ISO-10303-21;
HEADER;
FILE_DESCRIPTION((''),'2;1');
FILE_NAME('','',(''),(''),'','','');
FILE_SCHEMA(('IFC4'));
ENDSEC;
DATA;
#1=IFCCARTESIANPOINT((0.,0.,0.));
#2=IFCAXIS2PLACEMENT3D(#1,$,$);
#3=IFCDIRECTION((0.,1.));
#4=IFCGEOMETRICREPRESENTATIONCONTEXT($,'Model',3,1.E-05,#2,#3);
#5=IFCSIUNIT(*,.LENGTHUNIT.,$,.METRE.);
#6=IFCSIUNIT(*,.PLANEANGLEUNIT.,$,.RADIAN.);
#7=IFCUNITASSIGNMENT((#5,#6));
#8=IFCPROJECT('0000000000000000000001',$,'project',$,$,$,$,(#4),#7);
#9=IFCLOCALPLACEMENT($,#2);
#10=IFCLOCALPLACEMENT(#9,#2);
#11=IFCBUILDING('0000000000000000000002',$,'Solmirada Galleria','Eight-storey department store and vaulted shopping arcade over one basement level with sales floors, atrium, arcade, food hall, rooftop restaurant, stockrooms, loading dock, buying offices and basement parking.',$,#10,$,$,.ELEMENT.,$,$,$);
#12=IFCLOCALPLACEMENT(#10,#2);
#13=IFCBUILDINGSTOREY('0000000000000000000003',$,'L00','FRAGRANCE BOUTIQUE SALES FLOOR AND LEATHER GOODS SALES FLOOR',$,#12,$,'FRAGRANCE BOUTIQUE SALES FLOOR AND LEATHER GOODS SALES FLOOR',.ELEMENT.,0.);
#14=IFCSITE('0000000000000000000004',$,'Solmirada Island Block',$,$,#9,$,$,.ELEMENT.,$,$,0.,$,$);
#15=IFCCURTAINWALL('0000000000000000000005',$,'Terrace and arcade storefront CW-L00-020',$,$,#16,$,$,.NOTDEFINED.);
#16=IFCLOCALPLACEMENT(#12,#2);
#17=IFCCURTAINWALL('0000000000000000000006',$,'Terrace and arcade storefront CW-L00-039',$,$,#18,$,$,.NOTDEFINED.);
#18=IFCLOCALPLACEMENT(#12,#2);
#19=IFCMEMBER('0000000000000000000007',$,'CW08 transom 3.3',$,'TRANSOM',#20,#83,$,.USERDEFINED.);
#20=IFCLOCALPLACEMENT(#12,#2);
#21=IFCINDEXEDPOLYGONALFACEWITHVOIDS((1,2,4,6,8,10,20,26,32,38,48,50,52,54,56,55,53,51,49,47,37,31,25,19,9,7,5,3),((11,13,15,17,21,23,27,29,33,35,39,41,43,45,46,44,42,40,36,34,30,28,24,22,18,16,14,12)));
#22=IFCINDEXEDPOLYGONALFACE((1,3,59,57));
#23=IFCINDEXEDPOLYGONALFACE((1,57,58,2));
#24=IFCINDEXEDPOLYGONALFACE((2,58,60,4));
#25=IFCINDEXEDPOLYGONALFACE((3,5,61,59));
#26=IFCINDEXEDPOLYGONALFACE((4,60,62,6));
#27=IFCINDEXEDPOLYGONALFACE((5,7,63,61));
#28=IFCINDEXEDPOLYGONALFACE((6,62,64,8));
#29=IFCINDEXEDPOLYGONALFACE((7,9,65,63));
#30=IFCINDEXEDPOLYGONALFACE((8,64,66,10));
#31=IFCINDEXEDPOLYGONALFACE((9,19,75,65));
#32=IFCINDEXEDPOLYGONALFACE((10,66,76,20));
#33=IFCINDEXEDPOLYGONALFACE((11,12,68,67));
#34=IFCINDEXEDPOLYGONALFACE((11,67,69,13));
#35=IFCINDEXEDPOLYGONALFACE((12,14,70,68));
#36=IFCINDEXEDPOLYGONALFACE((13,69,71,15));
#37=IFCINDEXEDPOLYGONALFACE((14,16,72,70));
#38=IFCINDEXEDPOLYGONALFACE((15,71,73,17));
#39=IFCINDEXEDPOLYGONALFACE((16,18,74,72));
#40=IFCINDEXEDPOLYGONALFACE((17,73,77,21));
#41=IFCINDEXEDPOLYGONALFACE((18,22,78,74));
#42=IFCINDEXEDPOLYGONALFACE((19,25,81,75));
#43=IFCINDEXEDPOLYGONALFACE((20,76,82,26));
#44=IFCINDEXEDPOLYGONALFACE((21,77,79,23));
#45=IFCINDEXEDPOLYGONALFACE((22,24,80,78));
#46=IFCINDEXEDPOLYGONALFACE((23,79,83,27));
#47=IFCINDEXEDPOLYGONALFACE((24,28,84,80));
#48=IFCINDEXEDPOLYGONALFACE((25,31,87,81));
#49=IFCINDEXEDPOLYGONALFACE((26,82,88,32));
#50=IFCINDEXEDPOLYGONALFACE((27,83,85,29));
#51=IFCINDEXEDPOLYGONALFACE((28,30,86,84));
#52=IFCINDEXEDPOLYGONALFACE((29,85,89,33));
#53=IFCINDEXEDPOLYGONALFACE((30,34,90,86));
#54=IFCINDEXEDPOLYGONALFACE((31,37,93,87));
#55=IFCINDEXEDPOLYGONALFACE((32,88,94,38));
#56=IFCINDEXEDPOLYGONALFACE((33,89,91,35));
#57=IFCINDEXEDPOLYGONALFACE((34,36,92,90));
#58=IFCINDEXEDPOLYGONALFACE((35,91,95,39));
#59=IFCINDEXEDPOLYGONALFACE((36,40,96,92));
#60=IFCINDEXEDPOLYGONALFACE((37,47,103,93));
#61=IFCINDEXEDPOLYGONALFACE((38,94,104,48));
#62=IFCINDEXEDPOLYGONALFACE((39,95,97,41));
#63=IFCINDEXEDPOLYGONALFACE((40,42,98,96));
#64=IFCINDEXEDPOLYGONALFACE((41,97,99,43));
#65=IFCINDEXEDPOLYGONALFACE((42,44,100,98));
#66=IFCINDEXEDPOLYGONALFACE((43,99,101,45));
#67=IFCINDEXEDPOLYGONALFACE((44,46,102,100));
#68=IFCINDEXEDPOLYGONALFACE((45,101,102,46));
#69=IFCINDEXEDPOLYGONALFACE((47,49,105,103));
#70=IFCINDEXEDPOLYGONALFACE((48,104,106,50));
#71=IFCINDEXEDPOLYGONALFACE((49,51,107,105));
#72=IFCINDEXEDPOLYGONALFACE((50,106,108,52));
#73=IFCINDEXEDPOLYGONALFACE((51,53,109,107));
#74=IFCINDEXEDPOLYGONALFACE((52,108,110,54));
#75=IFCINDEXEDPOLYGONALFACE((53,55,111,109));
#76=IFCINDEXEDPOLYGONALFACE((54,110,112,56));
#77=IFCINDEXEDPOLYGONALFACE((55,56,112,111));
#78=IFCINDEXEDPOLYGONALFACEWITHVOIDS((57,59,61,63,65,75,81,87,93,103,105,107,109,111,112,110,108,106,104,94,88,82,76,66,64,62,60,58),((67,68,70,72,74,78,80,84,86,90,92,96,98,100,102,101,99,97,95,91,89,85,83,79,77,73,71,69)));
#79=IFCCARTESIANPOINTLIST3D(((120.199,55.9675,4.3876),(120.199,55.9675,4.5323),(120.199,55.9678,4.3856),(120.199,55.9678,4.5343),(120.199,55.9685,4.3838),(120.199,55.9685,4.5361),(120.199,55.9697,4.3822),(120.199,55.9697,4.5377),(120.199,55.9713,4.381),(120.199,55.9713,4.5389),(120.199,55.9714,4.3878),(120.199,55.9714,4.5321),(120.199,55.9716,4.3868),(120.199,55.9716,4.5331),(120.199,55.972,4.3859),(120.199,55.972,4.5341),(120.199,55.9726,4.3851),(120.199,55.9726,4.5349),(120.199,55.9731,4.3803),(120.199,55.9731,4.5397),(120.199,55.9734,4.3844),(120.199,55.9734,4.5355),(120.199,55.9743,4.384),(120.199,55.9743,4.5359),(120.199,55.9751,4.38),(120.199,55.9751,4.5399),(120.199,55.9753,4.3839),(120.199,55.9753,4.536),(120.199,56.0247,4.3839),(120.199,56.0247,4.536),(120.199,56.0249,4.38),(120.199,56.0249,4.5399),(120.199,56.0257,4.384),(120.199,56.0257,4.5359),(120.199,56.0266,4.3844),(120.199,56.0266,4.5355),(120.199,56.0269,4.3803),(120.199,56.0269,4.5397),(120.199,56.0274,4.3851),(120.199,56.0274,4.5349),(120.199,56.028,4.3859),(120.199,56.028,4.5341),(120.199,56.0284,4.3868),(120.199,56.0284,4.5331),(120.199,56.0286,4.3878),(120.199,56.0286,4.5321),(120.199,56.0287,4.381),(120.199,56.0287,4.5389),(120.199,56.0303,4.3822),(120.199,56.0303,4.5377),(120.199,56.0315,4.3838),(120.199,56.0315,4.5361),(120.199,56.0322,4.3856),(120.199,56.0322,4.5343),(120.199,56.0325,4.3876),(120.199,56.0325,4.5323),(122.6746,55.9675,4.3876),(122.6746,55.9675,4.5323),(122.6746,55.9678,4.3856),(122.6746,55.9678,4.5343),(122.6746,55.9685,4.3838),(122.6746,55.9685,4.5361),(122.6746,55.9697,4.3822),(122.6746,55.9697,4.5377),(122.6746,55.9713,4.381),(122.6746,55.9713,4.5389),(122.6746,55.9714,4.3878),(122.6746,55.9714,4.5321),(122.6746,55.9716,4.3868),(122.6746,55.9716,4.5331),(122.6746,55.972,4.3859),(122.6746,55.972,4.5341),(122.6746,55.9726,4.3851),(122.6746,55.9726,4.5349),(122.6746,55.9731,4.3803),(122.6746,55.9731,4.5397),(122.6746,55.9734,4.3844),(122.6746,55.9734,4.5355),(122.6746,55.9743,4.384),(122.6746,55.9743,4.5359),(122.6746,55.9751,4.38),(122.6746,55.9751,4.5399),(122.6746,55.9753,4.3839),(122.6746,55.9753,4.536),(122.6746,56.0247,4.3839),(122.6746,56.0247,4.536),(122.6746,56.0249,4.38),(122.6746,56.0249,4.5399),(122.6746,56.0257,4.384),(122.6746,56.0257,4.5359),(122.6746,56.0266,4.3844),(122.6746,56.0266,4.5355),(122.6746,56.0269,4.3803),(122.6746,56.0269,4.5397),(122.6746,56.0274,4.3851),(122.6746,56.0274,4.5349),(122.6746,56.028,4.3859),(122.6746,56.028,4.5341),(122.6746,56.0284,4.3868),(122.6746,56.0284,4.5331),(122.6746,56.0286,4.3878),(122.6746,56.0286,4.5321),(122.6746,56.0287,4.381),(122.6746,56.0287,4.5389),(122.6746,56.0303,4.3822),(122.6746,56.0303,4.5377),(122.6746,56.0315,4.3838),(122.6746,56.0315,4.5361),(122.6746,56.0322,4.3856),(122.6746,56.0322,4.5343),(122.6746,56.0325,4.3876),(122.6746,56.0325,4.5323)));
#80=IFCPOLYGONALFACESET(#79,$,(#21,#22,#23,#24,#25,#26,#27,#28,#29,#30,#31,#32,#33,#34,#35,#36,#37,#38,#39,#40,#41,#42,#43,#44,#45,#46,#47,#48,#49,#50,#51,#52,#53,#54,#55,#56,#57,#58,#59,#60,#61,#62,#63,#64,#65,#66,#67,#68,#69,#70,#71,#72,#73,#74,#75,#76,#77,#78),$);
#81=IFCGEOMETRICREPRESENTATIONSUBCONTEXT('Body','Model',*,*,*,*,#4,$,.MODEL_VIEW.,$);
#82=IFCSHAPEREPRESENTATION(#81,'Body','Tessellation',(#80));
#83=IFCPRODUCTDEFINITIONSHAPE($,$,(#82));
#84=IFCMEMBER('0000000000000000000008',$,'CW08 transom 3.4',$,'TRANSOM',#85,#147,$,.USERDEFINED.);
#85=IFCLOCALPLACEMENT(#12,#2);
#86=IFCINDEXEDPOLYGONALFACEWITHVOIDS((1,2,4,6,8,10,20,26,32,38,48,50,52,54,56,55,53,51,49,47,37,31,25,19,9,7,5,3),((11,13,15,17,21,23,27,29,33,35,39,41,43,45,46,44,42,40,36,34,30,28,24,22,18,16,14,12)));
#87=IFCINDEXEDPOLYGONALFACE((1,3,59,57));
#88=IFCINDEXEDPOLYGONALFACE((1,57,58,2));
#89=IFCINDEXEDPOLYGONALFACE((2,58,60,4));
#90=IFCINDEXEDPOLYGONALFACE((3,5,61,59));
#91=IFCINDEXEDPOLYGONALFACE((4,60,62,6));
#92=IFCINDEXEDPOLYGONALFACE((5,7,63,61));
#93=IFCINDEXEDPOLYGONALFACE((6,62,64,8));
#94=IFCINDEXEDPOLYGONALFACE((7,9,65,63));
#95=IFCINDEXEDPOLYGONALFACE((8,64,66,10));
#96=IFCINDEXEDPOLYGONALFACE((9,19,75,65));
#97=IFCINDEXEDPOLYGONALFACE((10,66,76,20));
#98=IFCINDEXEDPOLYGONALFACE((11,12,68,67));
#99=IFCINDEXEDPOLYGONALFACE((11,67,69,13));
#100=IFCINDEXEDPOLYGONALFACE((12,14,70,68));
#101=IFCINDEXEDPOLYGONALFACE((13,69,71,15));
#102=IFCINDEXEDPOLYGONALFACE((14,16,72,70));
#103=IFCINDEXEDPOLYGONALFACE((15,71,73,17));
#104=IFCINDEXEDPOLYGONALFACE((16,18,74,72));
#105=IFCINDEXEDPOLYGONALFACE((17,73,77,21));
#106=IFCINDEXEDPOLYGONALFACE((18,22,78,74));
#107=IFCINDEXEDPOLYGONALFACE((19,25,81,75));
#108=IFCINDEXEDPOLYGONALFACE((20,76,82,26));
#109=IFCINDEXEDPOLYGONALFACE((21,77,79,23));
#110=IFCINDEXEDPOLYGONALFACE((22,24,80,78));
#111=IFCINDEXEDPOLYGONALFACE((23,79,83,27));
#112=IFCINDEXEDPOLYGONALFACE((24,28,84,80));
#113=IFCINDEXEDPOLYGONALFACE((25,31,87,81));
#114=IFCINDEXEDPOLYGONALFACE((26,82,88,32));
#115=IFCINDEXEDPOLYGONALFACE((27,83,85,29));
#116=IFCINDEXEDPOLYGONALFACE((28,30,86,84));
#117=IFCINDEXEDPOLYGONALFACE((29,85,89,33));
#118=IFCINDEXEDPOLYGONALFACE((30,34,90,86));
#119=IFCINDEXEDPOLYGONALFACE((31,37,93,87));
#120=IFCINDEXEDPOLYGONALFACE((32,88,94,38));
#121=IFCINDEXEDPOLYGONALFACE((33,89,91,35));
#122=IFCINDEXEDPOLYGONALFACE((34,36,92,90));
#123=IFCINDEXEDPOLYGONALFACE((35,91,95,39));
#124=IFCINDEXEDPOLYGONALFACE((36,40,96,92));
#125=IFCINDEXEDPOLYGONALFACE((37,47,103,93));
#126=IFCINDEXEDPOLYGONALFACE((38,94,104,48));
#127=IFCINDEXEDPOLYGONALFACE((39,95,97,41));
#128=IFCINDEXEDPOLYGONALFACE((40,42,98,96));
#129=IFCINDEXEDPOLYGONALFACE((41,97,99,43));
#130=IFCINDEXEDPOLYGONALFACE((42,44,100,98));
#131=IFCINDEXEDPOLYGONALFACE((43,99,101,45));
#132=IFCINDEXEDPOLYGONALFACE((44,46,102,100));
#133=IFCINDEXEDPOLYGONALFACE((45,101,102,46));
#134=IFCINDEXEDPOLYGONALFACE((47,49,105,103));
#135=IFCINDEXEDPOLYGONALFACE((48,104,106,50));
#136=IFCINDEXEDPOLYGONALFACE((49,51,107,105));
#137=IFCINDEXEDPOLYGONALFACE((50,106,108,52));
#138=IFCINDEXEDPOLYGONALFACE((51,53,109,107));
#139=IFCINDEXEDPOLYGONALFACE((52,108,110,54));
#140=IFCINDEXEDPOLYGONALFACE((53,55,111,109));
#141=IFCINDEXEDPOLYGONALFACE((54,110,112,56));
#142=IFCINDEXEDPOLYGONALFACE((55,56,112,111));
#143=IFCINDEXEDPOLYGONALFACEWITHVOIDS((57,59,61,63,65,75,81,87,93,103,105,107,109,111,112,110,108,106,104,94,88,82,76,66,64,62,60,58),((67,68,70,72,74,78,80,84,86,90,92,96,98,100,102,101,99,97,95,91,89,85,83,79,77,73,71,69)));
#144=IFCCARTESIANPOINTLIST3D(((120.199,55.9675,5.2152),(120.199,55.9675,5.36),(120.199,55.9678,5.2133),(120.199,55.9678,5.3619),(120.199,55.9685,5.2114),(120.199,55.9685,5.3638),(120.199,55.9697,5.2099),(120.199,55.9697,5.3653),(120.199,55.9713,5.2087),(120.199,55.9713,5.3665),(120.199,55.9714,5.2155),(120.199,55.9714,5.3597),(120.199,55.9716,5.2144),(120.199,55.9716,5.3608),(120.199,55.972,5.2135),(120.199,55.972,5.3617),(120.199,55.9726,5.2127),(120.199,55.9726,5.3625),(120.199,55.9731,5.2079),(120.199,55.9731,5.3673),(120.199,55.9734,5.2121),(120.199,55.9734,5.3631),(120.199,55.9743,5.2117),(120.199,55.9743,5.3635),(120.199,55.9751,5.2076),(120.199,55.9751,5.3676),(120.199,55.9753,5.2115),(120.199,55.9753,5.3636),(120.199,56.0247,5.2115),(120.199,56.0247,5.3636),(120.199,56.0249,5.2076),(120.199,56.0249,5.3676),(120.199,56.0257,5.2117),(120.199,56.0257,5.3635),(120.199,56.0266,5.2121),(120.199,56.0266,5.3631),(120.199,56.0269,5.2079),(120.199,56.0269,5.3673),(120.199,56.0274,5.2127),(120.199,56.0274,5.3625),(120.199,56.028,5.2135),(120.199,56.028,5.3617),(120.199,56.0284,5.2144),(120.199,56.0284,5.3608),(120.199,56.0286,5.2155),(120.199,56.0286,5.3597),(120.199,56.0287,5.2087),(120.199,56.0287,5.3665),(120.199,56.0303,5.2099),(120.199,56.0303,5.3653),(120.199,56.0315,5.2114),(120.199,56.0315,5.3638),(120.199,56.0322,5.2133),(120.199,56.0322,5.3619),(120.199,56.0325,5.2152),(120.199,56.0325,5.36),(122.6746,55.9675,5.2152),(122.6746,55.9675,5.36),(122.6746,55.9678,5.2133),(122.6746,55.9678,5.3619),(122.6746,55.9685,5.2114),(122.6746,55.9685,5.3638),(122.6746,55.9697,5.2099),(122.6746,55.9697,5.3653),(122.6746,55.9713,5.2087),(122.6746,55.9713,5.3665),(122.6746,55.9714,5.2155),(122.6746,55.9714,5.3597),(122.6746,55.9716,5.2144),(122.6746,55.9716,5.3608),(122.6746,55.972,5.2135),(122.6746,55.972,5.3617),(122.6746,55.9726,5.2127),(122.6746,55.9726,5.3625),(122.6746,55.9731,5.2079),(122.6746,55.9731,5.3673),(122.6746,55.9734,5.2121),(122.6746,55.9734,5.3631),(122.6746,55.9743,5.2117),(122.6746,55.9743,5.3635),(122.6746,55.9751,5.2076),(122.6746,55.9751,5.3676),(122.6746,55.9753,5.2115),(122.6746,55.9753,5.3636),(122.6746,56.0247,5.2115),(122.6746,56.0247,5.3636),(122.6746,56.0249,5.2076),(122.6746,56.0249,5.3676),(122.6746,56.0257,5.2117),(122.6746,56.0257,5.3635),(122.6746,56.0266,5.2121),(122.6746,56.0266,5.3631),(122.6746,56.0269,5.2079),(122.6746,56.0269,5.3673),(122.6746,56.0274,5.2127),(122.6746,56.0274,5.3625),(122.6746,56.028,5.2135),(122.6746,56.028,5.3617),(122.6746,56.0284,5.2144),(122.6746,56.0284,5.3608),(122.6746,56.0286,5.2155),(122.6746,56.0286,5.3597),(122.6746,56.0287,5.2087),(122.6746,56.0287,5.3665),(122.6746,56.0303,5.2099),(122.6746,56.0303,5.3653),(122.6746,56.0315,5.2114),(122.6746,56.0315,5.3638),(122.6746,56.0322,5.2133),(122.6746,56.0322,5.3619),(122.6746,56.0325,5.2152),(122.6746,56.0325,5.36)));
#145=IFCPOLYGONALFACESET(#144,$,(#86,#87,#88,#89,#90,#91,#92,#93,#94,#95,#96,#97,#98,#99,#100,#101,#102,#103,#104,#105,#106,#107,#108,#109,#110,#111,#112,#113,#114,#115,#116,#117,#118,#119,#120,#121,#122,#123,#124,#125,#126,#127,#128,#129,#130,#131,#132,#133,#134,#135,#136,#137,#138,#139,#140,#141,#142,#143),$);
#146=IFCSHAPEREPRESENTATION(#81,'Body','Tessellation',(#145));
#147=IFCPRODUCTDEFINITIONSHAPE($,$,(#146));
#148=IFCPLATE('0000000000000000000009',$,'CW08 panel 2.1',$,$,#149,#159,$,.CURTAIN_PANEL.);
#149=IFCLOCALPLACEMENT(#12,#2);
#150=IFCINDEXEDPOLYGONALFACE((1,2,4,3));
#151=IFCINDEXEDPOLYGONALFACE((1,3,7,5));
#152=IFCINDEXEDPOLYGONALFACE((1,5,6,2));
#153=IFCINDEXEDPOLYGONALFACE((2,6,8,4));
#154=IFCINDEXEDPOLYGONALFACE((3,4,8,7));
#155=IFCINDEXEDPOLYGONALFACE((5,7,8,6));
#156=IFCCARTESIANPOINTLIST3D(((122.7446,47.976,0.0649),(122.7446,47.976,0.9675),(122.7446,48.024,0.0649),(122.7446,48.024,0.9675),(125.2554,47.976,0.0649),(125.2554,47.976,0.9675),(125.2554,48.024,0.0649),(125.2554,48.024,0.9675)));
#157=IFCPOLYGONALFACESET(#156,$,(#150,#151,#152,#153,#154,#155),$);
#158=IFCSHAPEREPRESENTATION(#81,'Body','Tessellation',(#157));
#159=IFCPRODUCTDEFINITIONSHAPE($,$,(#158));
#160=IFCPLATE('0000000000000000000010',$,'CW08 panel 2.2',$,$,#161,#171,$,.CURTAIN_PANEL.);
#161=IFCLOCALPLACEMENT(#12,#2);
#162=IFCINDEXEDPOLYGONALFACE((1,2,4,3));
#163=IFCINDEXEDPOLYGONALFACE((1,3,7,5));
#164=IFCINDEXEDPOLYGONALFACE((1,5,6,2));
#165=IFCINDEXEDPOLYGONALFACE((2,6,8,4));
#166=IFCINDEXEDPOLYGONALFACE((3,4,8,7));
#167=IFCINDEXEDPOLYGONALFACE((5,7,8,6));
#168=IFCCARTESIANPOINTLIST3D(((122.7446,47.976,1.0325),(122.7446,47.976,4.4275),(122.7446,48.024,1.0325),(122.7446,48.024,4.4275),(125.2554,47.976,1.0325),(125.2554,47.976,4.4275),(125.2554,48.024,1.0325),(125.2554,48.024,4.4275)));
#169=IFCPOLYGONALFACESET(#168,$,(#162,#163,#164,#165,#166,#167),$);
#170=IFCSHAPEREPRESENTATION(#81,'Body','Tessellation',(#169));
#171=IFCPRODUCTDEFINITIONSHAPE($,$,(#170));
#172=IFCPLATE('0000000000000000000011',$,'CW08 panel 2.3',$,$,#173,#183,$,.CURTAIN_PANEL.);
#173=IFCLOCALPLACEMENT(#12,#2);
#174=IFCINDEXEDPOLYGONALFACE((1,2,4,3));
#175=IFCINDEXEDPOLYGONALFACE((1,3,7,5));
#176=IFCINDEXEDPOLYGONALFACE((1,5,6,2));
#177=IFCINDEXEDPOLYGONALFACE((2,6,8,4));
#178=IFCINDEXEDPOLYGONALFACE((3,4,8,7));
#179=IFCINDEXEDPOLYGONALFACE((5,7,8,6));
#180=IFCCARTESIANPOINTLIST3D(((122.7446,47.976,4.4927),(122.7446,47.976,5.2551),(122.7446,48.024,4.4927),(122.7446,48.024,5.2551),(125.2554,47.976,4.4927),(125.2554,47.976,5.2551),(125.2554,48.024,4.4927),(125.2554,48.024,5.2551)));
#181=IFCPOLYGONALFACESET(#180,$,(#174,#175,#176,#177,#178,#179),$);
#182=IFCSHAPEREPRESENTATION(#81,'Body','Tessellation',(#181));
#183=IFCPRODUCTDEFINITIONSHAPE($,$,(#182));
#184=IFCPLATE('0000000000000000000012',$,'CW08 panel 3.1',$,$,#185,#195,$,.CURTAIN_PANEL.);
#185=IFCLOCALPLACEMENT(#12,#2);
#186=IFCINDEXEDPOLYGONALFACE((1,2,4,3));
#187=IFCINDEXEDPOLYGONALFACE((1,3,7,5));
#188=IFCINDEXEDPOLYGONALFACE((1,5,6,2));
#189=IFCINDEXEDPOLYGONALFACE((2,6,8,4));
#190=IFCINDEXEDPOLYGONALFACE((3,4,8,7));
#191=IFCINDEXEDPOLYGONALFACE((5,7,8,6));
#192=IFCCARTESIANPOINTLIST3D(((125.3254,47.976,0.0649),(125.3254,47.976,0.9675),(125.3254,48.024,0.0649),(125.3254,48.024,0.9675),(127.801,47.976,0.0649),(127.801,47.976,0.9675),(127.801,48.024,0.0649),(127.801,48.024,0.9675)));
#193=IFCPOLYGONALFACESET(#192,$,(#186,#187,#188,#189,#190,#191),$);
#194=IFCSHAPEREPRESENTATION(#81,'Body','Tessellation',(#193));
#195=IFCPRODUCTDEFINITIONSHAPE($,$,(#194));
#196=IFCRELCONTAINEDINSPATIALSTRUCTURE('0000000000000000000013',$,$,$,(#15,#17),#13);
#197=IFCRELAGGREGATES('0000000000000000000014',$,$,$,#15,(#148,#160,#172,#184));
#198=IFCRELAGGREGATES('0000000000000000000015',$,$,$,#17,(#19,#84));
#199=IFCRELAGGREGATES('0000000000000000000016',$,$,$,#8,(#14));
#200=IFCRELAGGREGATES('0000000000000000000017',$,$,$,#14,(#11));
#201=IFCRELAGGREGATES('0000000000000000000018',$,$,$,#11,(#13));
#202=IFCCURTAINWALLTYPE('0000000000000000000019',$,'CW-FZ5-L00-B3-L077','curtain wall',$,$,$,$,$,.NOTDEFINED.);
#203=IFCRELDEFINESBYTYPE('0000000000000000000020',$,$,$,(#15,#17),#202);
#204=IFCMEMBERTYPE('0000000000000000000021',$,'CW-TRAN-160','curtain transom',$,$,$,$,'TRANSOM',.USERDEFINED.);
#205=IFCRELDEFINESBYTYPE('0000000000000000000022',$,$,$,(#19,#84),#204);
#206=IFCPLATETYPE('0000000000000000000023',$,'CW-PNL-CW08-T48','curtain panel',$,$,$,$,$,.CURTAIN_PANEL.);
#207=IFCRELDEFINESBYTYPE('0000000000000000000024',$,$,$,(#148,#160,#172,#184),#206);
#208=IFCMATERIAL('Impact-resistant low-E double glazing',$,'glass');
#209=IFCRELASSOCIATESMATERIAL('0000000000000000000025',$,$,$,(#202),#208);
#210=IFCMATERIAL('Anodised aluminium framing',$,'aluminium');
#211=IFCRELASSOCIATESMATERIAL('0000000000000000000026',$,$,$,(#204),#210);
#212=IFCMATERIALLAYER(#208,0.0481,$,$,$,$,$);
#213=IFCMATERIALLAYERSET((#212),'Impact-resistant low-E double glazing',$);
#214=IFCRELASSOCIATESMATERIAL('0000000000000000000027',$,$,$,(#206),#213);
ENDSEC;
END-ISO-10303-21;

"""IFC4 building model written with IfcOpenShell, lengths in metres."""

from ifc_helpers import new_model, si_unit, direction, frame, origin, origin_2d, place, context, subcontext, project, spatial, rectangle, hollow_rectangle, extrude, material, layer, layer_set, material_profile, profile_set, type_object, element, aggregate, save


model = new_model("IFC4")

# Units and contexts
model_context = context("Model", 3, precision=1e-05, world=origin(), true_north=direction((0.0, 1.0)))
body_context = subcontext(model_context, "Body", "Model", "MODEL_VIEW")
ifc_project = project(units=[si_unit("LENGTHUNIT", "METRE"), si_unit("PLANEANGLEUNIT", "RADIAN")], contexts=[model_context])

# Site, building, storey
site_placement = place(None, origin())
site = spatial("IfcSite", under=ifc_project, at=site_placement, Name="Solmirada Island Block", CompositionType="ELEMENT", RefElevation=0.0)
building_placement = place(site_placement, origin())
building = spatial("IfcBuilding", under=site, at=building_placement, Name="Solmirada Galleria", Description="Eight-storey department store and vaulted shopping arcade over one basement level with sales floors, atrium, arcade, food hall, rooftop restaurant, stockrooms, loading dock, buying offices and basement parking.", CompositionType="ELEMENT")
storey_placement = place(building_placement, origin())
storey = spatial("IfcBuildingStorey", under=building, at=storey_placement, Name="L00", Description="FRAGRANCE BOUTIQUE SALES FLOOR AND LEATHER GOODS SALES FLOOR", LongName="FRAGRANCE BOUTIQUE SALES FLOOR AND LEATHER GOODS SALES FLOOR", CompositionType="ELEMENT", Elevation=0.0)

# Curtain walls
ifc_material_1 = material(Name="Impact-resistant low-E double glazing", Category="glass")
curtain_wall_type = type_object("IfcCurtainWallType", Name="CW-FZ5-L00-B3-L077", Description="curtain wall", PredefinedType="NOTDEFINED", material=ifc_material_1)
curtain_wall_1_placement = place(storey_placement, origin())
curtain_wall_1 = element("IfcCurtainWall", 1, at=curtain_wall_1_placement, inside=storey, type_object=curtain_wall_type, Name="Terrace and arcade storefront CW-L00-020", PredefinedType="NOTDEFINED")
ifc_material_2 = material(Name="Anodised aluminium framing", Category="aluminium")
curtain_wall_2_placement = place(storey_placement, origin())
curtain_wall_2 = element("IfcCurtainWall", 2, at=curtain_wall_2_placement, inside=storey, type_object=curtain_wall_type, Name="Terrace and arcade storefront CW-L00-039", PredefinedType="NOTDEFINED")

# Members
ifc_material_profile_1 = material_profile(ifc_material_2, hollow_rectangle(XDim=0.0649, YDim=0.1599, WallThickness=0.0039, InnerFilletRadius=0.0039, OuterFilletRadius=0.0076, at=origin_2d()), Name="ALU-TRAN-160X65")
ifc_profile_set_1 = profile_set([ifc_material_profile_1], Name="Anodised aluminium framing")
member_type_1 = type_object("IfcMemberType", Name="CW-TRAN-160", Description="curtain transom", ElementType="TRANSOM", PredefinedType="USERDEFINED", material=ifc_profile_set_1)
member_1_placement = place(storey_placement, frame((122.6746, 56.0, 4.46), z_axis=(-1.0, 0.0, 0.0), x_axis=(0.0, -1.0, 0.0)))
member_1 = element("IfcMember", 3, at=member_1_placement, type_object=member_type_1, Name="CW08 transom 3.3", ObjectType="TRANSOM", PredefinedType="USERDEFINED", context=body_context, shape_type="SweptSolid", body=[
    extrude(hollow_rectangle(XDim=0.0649, YDim=0.1599, WallThickness=0.0039, InnerFilletRadius=0.0039, OuterFilletRadius=0.0076, at=origin_2d()), origin(), (0.0, 0.0, 1.0), 2.4756),
])
member_2_placement = place(storey_placement, frame((122.6746, 56.0, 5.2876), z_axis=(-1.0, 0.0, 0.0), x_axis=(0.0, -1.0, 0.0)))
member_2 = element("IfcMember", 4, at=member_2_placement, type_object=member_type_1, Name="CW08 transom 3.4", ObjectType="TRANSOM", PredefinedType="USERDEFINED", context=body_context, shape_type="SweptSolid", body=[
    extrude(hollow_rectangle(XDim=0.0649, YDim=0.1599, WallThickness=0.0039, InnerFilletRadius=0.0039, OuterFilletRadius=0.0076, at=origin_2d()), origin(), (0.0, 0.0, 1.0), 2.4756),
])

# Plates
ifc_layer = layer(ifc_material_1, 0.0481)
ifc_layer_set = layer_set([ifc_layer], Name="Impact-resistant low-E double glazing")
plate_type = type_object("IfcPlateType", Name="CW-PNL-CW08-T48", Description="curtain panel", PredefinedType="CURTAIN_PANEL", material=ifc_layer_set)
plate_1_placement = place(storey_placement, frame((124.0, 48.0, 0.0649), z_axis=(0.0, 0.0, 1.0), x_axis=(1.0, 0.0, 0.0)))
plate_1 = element("IfcPlate", 5, at=plate_1_placement, type_object=plate_type, Name="CW08 panel 2.1", PredefinedType="CURTAIN_PANEL", context=body_context, shape_type="SweptSolid", body=[
    extrude(rectangle(XDim=2.5107, YDim=0.0481, at=origin_2d()), origin(), (0.0, 0.0, 1.0), 0.9026),
])
plate_2_placement = place(storey_placement, frame((124.0, 48.0, 1.0325), z_axis=(0.0, 0.0, 1.0), x_axis=(1.0, 0.0, 0.0)))
plate_2 = element("IfcPlate", 6, at=plate_2_placement, type_object=plate_type, Name="CW08 panel 2.2", PredefinedType="CURTAIN_PANEL", context=body_context, shape_type="SweptSolid", body=[
    extrude(rectangle(XDim=2.5107, YDim=0.0481, at=origin_2d()), origin(), (0.0, 0.0, 1.0), 3.395),
])
plate_3_placement = place(storey_placement, frame((124.0, 48.0, 4.4927), z_axis=(0.0, 0.0, 1.0), x_axis=(1.0, 0.0, 0.0)))
plate_3 = element("IfcPlate", 7, at=plate_3_placement, type_object=plate_type, Name="CW08 panel 2.3", PredefinedType="CURTAIN_PANEL", context=body_context, shape_type="SweptSolid", body=[
    extrude(rectangle(XDim=2.5107, YDim=0.0481, at=origin_2d()), origin(), (0.0, 0.0, 1.0), 0.7625),
])
plate_4_placement = place(storey_placement, frame((126.5632, 48.0, 0.0649), z_axis=(0.0, 0.0, 1.0), x_axis=(1.0, 0.0, 0.0)))
plate_4 = element("IfcPlate", 8, at=plate_4_placement, type_object=plate_type, Name="CW08 panel 3.1", PredefinedType="CURTAIN_PANEL", context=body_context, shape_type="SweptSolid", body=[
    extrude(rectangle(XDim=2.4756, YDim=0.0481, at=origin_2d()), origin(), (0.0, 0.0, 1.0), 0.9026),
])
aggregate(curtain_wall_1, [plate_1, plate_2, plate_3, plate_4])
aggregate(curtain_wall_2, [member_1, member_2])

save(model, "model.ifc")
